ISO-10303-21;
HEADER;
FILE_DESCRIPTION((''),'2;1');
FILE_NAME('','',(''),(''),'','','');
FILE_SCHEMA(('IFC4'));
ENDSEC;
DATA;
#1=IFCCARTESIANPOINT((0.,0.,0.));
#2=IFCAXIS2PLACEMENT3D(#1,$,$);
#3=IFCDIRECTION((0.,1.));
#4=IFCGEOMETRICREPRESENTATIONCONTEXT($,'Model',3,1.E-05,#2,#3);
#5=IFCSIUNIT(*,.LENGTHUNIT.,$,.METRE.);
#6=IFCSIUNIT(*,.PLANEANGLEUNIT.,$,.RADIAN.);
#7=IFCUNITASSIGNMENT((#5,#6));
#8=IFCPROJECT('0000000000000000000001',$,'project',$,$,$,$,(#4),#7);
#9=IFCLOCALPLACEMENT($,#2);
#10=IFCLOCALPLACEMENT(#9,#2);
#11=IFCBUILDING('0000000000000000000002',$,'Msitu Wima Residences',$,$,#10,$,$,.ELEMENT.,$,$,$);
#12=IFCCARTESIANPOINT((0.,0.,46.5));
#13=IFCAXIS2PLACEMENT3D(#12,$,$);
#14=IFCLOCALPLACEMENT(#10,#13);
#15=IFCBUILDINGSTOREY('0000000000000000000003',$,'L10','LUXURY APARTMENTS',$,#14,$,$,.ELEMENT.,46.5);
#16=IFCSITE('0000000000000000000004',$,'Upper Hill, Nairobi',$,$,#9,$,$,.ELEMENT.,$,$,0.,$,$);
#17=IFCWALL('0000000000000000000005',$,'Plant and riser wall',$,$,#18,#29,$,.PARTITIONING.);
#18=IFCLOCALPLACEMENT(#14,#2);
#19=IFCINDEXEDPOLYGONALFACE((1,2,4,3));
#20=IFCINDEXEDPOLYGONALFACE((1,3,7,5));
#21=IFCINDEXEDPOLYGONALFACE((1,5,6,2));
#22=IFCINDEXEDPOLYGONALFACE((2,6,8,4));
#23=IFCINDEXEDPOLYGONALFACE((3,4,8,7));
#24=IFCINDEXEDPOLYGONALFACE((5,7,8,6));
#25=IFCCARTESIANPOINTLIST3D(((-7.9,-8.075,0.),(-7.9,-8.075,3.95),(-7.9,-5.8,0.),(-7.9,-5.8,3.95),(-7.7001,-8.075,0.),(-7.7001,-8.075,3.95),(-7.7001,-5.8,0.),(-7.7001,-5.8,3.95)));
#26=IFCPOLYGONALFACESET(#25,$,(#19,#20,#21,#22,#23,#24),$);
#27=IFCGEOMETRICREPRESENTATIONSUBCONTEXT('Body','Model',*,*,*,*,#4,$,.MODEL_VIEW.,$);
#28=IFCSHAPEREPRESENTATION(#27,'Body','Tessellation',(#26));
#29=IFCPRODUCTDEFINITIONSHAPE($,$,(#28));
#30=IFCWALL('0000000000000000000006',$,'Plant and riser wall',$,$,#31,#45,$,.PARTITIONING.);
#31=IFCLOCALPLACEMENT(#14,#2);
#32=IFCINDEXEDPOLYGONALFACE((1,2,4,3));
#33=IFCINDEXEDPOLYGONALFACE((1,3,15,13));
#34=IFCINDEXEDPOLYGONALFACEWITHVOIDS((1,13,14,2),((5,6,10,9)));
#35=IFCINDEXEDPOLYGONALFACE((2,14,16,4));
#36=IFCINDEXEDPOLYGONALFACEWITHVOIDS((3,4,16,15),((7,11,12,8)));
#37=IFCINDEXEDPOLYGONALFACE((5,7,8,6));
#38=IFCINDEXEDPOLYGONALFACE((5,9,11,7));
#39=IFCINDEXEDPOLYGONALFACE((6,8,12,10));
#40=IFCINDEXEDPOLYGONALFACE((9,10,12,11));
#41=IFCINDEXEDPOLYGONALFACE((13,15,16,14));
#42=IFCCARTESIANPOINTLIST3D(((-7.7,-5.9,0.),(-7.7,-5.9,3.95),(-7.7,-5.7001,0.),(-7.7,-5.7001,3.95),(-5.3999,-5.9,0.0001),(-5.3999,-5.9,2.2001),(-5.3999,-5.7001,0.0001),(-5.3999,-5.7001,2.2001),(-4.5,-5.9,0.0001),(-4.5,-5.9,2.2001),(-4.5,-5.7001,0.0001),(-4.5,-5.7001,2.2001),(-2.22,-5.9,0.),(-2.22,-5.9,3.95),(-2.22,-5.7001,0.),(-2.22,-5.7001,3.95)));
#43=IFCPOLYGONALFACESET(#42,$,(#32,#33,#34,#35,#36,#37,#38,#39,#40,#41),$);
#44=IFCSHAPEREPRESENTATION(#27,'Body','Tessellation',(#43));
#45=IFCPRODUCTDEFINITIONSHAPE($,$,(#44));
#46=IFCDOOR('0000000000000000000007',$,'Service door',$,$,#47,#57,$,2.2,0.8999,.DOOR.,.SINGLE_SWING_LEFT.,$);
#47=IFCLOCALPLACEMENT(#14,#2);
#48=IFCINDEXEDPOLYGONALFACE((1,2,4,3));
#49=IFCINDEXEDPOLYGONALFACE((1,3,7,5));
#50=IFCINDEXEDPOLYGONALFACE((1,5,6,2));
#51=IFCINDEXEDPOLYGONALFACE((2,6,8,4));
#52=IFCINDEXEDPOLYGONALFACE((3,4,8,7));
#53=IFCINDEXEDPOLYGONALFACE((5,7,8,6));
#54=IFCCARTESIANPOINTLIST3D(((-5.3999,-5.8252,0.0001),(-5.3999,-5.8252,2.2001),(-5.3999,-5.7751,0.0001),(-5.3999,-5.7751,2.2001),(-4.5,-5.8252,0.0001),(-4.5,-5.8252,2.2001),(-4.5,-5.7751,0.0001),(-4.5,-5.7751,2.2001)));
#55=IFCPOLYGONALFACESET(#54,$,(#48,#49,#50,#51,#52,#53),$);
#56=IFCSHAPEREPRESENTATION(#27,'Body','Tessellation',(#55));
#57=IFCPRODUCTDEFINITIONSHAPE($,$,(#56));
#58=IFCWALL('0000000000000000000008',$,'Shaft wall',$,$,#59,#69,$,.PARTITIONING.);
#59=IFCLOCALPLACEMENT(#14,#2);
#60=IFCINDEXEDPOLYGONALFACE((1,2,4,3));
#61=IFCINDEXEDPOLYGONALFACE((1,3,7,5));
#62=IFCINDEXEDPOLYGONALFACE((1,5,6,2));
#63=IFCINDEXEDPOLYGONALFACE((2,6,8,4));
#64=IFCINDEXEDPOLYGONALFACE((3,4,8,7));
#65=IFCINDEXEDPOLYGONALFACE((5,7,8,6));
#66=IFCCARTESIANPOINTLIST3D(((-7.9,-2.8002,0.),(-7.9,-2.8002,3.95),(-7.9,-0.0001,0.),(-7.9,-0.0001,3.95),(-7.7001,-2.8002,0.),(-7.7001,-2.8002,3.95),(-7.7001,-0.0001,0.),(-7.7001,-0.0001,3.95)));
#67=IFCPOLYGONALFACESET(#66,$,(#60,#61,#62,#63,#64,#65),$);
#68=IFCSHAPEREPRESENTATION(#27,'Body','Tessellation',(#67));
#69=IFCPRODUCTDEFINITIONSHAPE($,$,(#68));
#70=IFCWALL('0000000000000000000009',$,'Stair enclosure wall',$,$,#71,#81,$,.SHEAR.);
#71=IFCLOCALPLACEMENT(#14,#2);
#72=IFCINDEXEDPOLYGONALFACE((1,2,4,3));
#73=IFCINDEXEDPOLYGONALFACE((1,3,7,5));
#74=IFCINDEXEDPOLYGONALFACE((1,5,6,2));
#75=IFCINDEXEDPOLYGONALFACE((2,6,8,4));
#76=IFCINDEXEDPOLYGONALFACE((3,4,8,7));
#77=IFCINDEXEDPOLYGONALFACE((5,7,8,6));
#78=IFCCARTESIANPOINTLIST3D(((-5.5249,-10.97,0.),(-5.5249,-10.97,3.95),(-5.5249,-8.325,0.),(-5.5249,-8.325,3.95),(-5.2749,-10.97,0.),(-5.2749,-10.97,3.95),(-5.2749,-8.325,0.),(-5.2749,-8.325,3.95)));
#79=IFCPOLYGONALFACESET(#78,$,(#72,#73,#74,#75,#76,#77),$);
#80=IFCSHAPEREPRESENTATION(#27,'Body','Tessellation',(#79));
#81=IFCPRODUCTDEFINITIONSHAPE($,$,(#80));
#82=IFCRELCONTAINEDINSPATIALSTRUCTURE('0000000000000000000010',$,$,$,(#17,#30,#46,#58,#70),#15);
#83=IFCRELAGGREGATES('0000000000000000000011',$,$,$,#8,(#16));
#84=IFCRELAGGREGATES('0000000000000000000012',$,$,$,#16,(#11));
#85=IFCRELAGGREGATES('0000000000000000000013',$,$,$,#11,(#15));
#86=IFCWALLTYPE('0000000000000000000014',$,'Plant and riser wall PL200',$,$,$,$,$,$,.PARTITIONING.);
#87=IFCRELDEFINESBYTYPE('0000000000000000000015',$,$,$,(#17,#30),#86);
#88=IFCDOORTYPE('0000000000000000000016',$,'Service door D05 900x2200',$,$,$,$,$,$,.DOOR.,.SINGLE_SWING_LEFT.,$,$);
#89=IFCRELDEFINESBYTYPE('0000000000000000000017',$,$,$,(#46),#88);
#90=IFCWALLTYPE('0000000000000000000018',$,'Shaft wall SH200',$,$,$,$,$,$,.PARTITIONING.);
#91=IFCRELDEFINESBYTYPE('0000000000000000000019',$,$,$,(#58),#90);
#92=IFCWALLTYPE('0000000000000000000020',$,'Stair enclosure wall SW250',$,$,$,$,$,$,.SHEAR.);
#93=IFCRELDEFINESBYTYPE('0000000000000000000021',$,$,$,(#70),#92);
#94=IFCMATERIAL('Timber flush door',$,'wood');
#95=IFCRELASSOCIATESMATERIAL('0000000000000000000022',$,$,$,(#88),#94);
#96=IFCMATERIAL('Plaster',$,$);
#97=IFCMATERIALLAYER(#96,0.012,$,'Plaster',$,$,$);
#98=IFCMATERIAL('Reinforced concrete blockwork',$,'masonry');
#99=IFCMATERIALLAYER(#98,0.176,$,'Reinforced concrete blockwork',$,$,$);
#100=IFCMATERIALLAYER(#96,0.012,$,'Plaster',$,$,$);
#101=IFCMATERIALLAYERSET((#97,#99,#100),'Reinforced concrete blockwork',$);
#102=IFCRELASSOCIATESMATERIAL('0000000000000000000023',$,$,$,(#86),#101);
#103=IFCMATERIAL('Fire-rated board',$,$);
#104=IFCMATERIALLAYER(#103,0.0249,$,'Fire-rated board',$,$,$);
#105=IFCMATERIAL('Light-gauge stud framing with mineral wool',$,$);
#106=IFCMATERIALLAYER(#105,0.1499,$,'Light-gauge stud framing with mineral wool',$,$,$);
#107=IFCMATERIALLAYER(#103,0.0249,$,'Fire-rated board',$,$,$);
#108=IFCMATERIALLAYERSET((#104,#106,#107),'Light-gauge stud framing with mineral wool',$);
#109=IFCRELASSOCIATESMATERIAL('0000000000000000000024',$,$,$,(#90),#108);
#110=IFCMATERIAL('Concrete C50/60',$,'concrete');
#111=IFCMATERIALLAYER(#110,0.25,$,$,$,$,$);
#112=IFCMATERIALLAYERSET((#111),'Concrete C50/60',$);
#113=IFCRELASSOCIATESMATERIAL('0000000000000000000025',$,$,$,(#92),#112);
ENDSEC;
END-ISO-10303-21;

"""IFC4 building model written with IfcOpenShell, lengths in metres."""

from ifc_helpers import new_model, si_unit, direction, frame, frame_2d, origin, place, context, subcontext, project, spatial, rectangle, extrude, material, layer, layer_set, type_object, element, fill, save


model = new_model("IFC4")

# Units and contexts
model_context = context("Model", 3, precision=1e-05, world=origin(), true_north=direction((0.0, 1.0)))
body_context = subcontext(model_context, "Body", "Model", "MODEL_VIEW")
ifc_project = project(units=[si_unit("LENGTHUNIT", "METRE"), si_unit("PLANEANGLEUNIT", "RADIAN")], contexts=[model_context])

# Site, building, storey
site_placement = place(None, origin())
site = spatial("IfcSite", under=ifc_project, at=site_placement, Name="Upper Hill, Nairobi", CompositionType="ELEMENT", RefElevation=0.0)
building_placement = place(site_placement, origin())
building = spatial("IfcBuilding", under=site, at=building_placement, Name="Msitu Wima Residences", CompositionType="ELEMENT")
storey_placement = place(building_placement, frame((0.0, 0.0, 46.5)))
storey = spatial("IfcBuildingStorey", under=building, at=storey_placement, Name="L10", Description="LUXURY APARTMENTS", CompositionType="ELEMENT", Elevation=46.5)

# Shared definitions
ifc_material_1 = material(Name="Plaster")
ifc_material_2 = material(Name="Timber flush door", Category="wood")
door_type_1 = type_object("IfcDoorType", Name="Service door D05 900x2200", OperationType="SINGLE_SWING_LEFT", PredefinedType="DOOR", material=ifc_material_2)

# Wall
ifc_layer_1 = layer(ifc_material_1, 0.012, Name="Plaster")
ifc_material_3 = material(Name="Reinforced concrete blockwork", Category="masonry")
ifc_layer_2 = layer(ifc_material_3, 0.176, Name="Reinforced concrete blockwork")
ifc_layer_3 = layer(ifc_material_1, 0.012, Name="Plaster")
ifc_layer_set_1 = layer_set([ifc_layer_1, ifc_layer_2, ifc_layer_3], Name="Reinforced concrete blockwork")
wall_type_1 = type_object("IfcWallType", Name="Plant and riser wall PL200", PredefinedType="PARTITIONING", material=ifc_layer_set_1)
wall_1_placement = place(storey_placement, frame((-7.8, -8.075, 0.0), z_axis=(0.0, 0.0, 1.0), x_axis=(0.0, 1.0, 0.0)))
element("IfcWall", 1, at=wall_1_placement, inside=storey, type_object=wall_type_1, Name="Plant and riser wall", PredefinedType="PARTITIONING", context=body_context, shape_type="SweptSolid", body=[
    extrude(rectangle(XDim=2.2749, YDim=0.2, at=frame_2d((1.1375, 0.0))), origin(), (0.0, 0.0, 1.0), 3.95),
])

# Wall, opening, door
wall_2_placement = place(storey_placement, frame((-7.7, -5.8, 0.0), z_axis=(0.0, 0.0, 1.0), x_axis=(1.0, 0.0, 0.0)))
wall_2 = element("IfcWall", 2, at=wall_2_placement, inside=storey, type_object=wall_type_1, Name="Plant and riser wall", PredefinedType="PARTITIONING", context=body_context, shape_type="SweptSolid", body=[
    extrude(rectangle(XDim=5.48, YDim=0.2, at=frame_2d((2.74, 0.0))), origin(), (0.0, 0.0, 1.0), 3.95),
])
opening_1_placement = place(wall_2_placement, frame((2.3, 0.0, 0.0)))
opening_1 = element("IfcOpeningElement", 3, at=opening_1_placement, cuts=wall_2, PredefinedType="OPENING", context=body_context, shape_type="SweptSolid", body=[
    extrude(rectangle(XDim=0.8999, YDim=2.2, at=frame_2d((0.45, 1.1001))), frame((0.0, 0.1099, 0.0), z_axis=(0.0, -1.0, 0.0), x_axis=(1.0, 0.0, 0.0)), (0.0, 0.0, 1.0), 0.22),
])
door_1_placement = place(opening_1_placement, origin())
door_1 = element("IfcDoor", 4, at=door_1_placement, inside=storey, type_object=door_type_1, Name="Service door", OperationType="SINGLE_SWING_LEFT", OverallHeight=2.2, OverallWidth=0.8999, PredefinedType="DOOR", context=body_context, shape_type="SweptSolid", body=[
    extrude(rectangle(XDim=0.8999, YDim=2.2, at=frame_2d((0.45, 1.1001))), frame((0.0, 0.0249, 0.0), z_axis=(0.0, -1.0, 0.0), x_axis=(1.0, 0.0, 0.0)), (0.0, 0.0, 1.0), 0.05),
])
fill(opening_1, door_1)

# Walls
ifc_material_4 = material(Name="Fire-rated board")
ifc_layer_4 = layer(ifc_material_4, 0.0249, Name="Fire-rated board")
ifc_material_5 = material(Name="Light-gauge stud framing with mineral wool")
ifc_layer_5 = layer(ifc_material_5, 0.1499, Name="Light-gauge stud framing with mineral wool")
ifc_layer_6 = layer(ifc_material_4, 0.0249, Name="Fire-rated board")
ifc_layer_set_2 = layer_set([ifc_layer_4, ifc_layer_5, ifc_layer_6], Name="Light-gauge stud framing with mineral wool")
wall_type_2 = type_object("IfcWallType", Name="Shaft wall SH200", PredefinedType="PARTITIONING", material=ifc_layer_set_2)
wall_3_placement = place(storey_placement, frame((-7.8, -2.8, 0.0), z_axis=(0.0, 0.0, 1.0), x_axis=(0.0, 1.0, 0.0)))
element("IfcWall", 5, at=wall_3_placement, inside=storey, type_object=wall_type_2, Name="Shaft wall", PredefinedType="PARTITIONING", context=body_context, shape_type="SweptSolid", body=[
    extrude(rectangle(XDim=2.8, YDim=0.2, at=frame_2d((1.3999, 0.0))), origin(), (0.0, 0.0, 1.0), 3.95),
])
ifc_material_6 = material(Name="Concrete C50/60", Category="concrete")
ifc_layer_7 = layer(ifc_material_6, 0.25)
ifc_layer_set_3 = layer_set([ifc_layer_7], Name="Concrete C50/60")
wall_type_3 = type_object("IfcWallType", Name="Stair enclosure wall SW250", PredefinedType="SHEAR", material=ifc_layer_set_3)
wall_4_placement = place(storey_placement, frame((-5.3999, -10.97, 0.0), z_axis=(0.0, 0.0, 1.0), x_axis=(0.0, 1.0, 0.0)))
element("IfcWall", 6, at=wall_4_placement, inside=storey, type_object=wall_type_3, Name="Stair enclosure wall", PredefinedType="SHEAR", context=body_context, shape_type="SweptSolid", body=[
    extrude(rectangle(XDim=2.645, YDim=0.25, at=frame_2d((1.3225, 0.0))), origin(), (0.0, 0.0, 1.0), 3.95),
])

save(model, "model.ifc")
